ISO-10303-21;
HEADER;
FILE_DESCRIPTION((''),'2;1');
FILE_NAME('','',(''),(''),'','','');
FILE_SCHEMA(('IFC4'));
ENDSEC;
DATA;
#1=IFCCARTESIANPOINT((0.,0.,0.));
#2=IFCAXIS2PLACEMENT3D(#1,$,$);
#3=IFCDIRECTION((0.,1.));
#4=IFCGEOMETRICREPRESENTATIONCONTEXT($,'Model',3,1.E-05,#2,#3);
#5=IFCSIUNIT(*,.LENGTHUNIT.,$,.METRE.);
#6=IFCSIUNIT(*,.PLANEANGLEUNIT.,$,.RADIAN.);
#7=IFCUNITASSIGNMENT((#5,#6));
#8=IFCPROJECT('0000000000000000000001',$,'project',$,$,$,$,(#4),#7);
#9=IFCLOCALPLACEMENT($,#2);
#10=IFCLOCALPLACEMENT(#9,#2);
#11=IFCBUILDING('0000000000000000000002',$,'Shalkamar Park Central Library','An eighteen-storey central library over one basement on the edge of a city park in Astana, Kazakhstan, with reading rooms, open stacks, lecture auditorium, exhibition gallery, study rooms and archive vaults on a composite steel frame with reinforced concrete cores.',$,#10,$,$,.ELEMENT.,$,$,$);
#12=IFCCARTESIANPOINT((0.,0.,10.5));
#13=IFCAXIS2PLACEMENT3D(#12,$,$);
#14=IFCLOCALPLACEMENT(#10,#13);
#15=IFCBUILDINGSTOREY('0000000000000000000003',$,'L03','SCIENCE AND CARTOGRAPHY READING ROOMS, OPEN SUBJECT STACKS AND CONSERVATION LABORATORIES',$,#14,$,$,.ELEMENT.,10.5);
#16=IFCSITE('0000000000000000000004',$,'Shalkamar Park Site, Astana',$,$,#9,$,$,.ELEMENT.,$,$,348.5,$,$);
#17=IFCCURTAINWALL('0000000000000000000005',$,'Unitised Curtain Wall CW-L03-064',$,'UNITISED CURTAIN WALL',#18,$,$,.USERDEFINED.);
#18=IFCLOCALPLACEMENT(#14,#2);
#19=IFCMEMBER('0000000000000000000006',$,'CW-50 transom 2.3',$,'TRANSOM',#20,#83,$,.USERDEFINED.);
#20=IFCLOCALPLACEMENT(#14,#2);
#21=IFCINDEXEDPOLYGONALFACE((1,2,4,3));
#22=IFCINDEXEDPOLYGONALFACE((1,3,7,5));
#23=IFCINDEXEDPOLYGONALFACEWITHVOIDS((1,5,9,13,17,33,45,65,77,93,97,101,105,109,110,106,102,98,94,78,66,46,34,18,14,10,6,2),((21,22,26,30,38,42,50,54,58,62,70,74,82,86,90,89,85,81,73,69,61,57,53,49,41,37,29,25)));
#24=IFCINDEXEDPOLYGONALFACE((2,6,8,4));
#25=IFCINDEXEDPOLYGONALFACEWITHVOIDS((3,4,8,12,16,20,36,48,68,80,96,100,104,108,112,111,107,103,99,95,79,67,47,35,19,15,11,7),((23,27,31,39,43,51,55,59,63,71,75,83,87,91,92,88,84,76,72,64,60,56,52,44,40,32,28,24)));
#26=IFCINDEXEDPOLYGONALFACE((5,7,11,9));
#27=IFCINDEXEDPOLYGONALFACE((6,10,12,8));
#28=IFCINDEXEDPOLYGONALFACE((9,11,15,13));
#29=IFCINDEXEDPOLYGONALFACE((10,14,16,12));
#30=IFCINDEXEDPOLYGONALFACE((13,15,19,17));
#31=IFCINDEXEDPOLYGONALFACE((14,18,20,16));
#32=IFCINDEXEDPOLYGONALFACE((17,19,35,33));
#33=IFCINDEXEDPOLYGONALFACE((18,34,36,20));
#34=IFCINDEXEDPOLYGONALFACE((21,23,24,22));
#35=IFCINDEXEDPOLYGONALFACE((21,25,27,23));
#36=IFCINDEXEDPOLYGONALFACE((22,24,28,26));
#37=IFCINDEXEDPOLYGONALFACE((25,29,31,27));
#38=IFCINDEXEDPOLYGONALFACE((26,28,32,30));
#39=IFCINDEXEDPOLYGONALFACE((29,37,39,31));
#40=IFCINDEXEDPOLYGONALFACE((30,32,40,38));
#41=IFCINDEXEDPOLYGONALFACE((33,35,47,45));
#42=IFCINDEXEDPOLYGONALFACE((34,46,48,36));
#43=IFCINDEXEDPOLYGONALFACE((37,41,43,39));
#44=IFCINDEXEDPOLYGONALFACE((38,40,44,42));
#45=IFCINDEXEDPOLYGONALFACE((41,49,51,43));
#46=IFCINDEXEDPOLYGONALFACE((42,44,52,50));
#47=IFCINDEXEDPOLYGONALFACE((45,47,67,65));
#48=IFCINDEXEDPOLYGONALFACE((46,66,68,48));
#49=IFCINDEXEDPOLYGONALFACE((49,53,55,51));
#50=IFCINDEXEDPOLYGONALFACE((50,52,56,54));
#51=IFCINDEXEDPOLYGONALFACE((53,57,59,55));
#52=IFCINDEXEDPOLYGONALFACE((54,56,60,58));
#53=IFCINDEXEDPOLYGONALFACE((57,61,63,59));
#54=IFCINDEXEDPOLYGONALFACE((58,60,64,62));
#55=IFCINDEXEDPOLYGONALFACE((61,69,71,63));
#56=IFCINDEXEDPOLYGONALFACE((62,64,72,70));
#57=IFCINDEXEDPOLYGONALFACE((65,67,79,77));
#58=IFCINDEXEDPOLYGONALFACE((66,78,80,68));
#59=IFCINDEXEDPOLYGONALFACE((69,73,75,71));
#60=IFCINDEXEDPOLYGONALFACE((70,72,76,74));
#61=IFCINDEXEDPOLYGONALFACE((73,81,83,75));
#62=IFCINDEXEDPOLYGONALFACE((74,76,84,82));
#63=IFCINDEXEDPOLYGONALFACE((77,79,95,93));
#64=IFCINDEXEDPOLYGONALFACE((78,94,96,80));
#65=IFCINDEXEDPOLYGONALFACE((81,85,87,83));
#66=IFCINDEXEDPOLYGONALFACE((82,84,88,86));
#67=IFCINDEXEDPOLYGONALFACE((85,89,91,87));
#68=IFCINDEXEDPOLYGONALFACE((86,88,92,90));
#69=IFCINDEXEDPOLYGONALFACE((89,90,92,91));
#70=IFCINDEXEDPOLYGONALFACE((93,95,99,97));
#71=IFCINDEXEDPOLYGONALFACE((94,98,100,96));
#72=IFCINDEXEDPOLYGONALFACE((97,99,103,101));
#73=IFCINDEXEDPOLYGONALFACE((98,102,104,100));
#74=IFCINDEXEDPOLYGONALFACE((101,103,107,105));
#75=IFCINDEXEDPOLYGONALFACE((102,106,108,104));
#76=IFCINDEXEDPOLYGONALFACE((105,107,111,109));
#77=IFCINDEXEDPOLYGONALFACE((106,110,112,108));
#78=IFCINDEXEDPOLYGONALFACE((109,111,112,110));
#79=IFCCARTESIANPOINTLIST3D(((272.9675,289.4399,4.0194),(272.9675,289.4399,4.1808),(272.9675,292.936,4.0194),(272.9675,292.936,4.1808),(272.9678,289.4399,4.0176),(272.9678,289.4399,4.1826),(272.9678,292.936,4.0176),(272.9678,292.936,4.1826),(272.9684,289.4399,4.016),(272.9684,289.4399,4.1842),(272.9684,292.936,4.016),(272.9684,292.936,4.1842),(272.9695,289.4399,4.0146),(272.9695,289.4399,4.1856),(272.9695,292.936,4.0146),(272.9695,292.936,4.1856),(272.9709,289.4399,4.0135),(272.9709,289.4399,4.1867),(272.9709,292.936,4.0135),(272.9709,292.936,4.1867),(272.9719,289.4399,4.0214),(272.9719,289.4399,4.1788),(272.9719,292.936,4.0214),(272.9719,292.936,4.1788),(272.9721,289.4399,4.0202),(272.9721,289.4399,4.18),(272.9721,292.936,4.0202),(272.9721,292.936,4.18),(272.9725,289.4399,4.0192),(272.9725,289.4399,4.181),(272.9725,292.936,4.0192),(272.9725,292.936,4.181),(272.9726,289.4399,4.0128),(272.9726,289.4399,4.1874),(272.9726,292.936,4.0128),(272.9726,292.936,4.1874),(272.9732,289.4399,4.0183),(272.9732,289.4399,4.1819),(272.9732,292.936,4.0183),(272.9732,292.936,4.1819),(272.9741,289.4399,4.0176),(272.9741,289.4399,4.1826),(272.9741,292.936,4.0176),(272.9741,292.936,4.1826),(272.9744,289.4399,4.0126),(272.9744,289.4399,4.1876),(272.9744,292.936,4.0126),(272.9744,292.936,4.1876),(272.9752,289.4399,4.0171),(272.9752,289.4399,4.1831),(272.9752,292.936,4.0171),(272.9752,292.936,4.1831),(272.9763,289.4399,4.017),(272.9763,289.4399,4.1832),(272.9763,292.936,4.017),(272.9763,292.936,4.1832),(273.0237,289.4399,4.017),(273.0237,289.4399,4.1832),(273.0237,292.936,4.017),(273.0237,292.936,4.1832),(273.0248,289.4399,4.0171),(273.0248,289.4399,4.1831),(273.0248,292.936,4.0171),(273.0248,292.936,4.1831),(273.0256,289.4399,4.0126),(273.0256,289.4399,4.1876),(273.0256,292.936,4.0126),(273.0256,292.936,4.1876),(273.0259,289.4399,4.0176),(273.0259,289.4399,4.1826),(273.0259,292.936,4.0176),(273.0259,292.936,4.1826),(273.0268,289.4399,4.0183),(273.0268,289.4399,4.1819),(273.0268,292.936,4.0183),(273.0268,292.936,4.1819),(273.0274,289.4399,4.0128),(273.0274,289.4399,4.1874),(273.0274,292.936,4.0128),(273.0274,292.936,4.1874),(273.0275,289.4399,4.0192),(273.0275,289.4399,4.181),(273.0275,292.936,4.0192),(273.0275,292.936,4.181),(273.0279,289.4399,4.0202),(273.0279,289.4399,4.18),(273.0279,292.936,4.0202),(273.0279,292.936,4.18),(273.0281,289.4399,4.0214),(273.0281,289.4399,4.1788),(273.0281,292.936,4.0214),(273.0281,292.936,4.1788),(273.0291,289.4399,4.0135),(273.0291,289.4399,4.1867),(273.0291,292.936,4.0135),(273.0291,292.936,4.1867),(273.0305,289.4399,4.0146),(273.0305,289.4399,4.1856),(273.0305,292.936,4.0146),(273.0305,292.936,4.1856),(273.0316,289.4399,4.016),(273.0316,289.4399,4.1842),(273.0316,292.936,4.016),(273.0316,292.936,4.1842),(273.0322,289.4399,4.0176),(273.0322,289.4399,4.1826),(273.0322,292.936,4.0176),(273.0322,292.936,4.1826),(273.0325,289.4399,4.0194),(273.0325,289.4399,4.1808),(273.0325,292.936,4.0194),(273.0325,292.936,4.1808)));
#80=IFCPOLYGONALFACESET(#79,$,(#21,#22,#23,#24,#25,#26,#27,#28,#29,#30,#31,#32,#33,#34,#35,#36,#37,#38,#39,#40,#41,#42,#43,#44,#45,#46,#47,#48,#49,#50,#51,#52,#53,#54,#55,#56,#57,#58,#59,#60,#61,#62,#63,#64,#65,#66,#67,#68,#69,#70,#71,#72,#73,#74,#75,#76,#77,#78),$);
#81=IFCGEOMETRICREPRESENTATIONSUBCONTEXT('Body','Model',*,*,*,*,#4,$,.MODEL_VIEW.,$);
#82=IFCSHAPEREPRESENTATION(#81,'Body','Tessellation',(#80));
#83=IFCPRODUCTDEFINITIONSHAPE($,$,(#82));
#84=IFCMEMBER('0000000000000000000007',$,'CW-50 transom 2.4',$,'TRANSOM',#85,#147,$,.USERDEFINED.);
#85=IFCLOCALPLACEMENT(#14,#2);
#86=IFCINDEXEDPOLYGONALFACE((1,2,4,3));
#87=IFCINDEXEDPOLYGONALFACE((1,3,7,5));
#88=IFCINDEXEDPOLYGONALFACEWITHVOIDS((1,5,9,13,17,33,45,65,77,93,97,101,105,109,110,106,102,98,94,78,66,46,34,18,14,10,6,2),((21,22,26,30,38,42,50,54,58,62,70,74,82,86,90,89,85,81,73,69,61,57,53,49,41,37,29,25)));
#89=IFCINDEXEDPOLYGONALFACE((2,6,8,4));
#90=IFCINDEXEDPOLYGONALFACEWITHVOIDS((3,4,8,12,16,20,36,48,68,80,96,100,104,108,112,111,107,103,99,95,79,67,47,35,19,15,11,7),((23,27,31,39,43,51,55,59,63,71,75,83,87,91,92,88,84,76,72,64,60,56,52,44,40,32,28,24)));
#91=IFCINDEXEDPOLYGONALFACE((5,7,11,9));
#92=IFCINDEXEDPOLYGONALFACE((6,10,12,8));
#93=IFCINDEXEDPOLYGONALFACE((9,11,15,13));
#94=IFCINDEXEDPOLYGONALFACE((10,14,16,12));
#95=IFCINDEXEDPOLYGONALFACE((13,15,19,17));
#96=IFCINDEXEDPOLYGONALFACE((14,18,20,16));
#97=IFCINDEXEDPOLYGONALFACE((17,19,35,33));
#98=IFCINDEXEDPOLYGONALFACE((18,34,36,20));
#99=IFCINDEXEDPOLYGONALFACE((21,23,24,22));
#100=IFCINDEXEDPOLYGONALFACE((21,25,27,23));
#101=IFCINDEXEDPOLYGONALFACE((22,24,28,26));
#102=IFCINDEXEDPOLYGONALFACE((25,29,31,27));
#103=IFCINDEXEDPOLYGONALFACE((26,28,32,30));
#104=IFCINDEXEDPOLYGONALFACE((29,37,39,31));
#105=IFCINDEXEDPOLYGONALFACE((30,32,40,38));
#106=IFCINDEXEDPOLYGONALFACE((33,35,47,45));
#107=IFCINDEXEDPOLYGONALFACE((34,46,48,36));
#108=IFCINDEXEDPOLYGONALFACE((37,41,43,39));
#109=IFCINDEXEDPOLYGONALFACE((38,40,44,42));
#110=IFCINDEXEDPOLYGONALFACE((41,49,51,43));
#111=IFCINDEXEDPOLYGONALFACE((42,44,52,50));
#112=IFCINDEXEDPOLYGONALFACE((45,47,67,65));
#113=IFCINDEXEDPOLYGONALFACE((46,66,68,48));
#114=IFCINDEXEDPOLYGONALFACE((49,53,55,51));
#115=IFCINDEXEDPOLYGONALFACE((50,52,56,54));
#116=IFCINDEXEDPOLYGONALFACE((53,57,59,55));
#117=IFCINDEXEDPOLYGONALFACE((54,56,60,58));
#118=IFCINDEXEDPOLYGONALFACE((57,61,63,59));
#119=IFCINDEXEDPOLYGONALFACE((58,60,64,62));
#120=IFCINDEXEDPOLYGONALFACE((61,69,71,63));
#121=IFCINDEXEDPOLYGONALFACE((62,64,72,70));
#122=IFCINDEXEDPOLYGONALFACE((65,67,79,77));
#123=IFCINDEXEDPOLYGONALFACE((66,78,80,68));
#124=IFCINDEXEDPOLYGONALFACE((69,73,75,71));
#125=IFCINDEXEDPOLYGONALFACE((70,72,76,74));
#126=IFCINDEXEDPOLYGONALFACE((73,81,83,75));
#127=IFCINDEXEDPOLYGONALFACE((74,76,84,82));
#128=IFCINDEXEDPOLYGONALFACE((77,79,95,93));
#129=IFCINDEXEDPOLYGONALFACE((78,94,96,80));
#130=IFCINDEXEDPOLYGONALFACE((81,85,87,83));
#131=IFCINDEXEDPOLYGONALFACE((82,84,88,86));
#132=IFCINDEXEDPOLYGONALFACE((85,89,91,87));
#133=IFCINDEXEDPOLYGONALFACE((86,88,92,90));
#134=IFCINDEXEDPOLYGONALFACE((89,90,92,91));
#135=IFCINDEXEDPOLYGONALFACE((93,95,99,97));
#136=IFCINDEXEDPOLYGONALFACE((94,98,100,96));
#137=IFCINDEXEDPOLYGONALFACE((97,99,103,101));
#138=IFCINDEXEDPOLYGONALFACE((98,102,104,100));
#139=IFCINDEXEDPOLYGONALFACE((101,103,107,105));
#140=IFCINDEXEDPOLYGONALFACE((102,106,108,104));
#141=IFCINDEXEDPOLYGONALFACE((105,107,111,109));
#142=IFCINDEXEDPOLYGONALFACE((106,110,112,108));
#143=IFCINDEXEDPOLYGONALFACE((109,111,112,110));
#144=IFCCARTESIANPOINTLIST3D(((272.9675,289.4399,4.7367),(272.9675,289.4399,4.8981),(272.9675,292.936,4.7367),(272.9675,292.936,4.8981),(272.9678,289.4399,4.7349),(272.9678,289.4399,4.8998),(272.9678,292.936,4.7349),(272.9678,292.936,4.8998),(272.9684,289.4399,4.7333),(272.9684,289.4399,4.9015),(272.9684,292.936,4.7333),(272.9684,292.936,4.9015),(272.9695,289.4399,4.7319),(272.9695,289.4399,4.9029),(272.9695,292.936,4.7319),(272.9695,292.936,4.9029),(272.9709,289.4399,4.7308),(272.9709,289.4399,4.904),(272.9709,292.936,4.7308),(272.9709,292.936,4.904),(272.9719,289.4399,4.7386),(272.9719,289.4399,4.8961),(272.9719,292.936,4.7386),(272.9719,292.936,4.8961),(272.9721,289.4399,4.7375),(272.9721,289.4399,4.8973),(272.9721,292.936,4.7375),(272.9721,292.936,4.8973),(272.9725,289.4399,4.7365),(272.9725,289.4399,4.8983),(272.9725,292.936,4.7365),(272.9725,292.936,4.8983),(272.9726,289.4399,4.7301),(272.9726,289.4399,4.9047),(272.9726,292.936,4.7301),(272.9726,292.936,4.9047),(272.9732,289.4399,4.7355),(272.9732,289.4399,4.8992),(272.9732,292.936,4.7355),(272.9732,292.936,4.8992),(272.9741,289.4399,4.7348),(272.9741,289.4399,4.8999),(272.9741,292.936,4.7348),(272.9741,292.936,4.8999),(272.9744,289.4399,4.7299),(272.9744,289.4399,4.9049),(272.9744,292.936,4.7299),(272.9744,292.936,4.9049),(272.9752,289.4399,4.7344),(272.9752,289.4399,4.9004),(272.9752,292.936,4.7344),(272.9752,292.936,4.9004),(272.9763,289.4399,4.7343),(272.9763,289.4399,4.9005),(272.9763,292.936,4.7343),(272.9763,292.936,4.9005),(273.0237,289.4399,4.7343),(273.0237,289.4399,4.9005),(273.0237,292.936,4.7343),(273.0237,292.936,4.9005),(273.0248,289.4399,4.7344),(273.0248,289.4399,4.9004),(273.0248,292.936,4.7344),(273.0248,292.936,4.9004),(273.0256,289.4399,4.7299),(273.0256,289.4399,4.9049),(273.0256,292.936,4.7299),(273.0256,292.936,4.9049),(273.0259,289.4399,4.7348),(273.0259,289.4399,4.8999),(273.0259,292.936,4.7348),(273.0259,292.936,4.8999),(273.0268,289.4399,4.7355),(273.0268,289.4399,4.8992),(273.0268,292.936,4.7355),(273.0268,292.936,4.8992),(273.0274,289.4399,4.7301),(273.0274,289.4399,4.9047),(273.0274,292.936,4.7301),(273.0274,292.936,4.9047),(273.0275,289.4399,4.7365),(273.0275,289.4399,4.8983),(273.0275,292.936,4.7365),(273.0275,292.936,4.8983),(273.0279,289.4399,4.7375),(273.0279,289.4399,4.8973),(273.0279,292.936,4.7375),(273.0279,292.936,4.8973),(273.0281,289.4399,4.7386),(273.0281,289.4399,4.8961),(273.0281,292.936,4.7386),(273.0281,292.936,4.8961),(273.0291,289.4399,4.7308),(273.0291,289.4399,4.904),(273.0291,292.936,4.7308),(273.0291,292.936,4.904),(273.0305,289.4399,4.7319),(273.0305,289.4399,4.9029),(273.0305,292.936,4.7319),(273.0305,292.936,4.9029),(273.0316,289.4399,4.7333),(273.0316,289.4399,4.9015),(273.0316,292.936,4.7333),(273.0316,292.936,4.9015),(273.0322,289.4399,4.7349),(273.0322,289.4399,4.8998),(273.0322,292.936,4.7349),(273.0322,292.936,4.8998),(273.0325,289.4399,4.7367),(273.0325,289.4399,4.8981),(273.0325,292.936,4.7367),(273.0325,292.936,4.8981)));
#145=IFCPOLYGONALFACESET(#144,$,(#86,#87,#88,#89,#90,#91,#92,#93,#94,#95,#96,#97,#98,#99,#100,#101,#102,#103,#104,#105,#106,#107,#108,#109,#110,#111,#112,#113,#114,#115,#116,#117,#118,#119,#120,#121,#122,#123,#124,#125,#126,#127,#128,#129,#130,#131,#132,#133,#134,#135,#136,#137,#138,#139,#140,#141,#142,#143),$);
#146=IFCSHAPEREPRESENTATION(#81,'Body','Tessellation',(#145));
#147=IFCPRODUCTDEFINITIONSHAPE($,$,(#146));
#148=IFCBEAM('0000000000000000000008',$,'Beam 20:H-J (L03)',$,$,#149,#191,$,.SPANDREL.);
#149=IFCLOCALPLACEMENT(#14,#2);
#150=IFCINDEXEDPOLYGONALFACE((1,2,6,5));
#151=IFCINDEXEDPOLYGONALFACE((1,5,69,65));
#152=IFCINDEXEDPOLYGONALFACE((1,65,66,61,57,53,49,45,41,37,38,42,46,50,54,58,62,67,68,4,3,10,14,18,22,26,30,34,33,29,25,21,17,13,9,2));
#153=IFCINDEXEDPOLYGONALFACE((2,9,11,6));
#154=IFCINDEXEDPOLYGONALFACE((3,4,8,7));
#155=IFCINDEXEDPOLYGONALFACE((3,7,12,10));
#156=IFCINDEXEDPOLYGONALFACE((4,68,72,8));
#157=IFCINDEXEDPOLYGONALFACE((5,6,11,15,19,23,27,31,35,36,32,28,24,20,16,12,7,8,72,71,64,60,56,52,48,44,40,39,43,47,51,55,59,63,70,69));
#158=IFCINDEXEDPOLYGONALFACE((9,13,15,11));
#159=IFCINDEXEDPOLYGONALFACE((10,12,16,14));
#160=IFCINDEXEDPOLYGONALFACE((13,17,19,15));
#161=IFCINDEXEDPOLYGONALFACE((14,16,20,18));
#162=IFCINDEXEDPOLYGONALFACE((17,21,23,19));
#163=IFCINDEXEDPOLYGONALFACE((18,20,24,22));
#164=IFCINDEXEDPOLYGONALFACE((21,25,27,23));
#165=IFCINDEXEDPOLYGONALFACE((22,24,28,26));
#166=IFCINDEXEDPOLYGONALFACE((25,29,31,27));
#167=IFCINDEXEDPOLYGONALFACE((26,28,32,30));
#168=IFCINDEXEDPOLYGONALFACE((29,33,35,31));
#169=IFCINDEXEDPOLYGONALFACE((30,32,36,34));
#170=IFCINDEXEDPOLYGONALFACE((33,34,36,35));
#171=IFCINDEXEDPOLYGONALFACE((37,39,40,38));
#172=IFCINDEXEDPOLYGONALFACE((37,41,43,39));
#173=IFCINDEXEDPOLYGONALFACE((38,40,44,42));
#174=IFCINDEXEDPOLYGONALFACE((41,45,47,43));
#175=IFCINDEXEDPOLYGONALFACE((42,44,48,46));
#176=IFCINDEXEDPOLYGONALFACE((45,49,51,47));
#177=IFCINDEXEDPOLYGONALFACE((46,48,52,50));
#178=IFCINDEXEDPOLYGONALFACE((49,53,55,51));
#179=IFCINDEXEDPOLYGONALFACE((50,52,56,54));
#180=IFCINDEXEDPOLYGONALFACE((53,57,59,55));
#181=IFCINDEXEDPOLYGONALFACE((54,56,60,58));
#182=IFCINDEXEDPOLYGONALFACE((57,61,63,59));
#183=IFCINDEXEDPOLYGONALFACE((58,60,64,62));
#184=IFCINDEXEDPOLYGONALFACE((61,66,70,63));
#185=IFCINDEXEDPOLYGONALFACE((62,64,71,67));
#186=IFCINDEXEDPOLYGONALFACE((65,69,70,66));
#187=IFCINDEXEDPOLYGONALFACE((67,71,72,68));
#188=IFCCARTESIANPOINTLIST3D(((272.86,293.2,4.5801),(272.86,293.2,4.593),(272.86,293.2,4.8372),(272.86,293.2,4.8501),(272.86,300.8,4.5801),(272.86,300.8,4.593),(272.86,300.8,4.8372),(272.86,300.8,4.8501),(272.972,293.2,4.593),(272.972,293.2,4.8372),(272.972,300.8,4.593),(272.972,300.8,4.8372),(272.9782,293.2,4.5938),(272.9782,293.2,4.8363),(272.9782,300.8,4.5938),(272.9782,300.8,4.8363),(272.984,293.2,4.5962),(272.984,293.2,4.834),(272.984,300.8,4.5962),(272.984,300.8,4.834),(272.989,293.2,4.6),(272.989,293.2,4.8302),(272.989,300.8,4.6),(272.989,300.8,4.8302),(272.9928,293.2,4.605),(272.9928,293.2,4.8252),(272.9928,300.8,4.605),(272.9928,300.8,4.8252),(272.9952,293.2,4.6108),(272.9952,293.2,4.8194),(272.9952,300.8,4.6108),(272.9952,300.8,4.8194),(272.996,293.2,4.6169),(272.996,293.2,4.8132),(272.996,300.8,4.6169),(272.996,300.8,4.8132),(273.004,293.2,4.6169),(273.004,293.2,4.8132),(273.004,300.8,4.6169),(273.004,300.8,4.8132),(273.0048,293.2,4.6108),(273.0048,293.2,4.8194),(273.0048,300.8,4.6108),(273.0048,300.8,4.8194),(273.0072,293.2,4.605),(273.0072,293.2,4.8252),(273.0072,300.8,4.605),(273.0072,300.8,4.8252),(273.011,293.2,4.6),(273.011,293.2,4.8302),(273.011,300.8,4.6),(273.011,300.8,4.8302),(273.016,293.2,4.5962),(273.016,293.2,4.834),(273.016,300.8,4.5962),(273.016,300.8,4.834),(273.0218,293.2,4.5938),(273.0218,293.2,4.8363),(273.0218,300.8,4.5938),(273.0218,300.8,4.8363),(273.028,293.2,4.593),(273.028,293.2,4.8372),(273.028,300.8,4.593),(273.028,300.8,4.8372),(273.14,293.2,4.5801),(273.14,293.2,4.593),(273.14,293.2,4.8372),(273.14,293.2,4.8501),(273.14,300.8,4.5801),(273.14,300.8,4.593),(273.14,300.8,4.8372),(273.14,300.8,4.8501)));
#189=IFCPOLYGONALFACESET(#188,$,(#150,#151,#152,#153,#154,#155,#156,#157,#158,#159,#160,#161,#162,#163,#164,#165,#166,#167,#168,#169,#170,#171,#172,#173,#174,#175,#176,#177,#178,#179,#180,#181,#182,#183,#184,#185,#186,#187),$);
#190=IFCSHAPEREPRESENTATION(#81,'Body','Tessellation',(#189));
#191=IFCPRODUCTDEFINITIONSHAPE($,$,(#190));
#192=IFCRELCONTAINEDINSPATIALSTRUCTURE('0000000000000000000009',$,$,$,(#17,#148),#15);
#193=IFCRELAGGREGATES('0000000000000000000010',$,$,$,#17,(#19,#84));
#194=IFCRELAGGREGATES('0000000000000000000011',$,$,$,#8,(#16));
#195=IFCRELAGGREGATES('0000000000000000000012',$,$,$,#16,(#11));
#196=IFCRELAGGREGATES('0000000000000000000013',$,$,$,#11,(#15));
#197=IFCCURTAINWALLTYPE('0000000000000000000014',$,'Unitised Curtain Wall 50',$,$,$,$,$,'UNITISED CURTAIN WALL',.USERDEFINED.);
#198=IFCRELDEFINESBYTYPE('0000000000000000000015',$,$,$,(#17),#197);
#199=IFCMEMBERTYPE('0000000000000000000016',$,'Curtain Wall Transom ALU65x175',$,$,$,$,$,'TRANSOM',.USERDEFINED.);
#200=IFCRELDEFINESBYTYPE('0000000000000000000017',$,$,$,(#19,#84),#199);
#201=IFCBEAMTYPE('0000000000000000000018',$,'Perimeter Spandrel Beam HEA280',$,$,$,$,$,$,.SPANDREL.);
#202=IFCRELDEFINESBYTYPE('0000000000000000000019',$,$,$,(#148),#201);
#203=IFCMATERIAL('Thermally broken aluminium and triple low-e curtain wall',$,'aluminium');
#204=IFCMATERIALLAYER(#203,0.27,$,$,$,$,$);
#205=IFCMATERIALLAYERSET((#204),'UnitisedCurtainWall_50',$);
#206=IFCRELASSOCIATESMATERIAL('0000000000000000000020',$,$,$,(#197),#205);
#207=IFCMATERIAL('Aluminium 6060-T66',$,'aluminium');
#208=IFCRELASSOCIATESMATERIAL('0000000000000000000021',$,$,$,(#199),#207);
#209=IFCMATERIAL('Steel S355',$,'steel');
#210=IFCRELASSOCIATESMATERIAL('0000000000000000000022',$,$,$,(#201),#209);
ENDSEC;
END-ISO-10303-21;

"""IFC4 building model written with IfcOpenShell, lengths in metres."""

from ifc_helpers import new_model, si_unit, direction, frame, origin, origin_2d, place, context, subcontext, project, spatial, hollow_rectangle, i_section, extrude, material, layer, layer_set, material_profile, profile_set, type_object, element, aggregate, save


model = new_model("IFC4")

# Units and contexts
model_context = context("Model", 3, precision=1e-05, world=origin(), true_north=direction((0.0, 1.0)))
body_context = subcontext(model_context, "Body", "Model", "MODEL_VIEW")
ifc_project = project(units=[si_unit("LENGTHUNIT", "METRE"), si_unit("PLANEANGLEUNIT", "RADIAN")], contexts=[model_context])

# Site, building, storey
site_placement = place(None, origin())
site = spatial("IfcSite", under=ifc_project, at=site_placement, Name="Shalkamar Park Site, Astana", CompositionType="ELEMENT", RefElevation=348.5)
building_placement = place(site_placement, origin())
building = spatial("IfcBuilding", under=site, at=building_placement, Name="Shalkamar Park Central Library", Description="An eighteen-storey central library over one basement on the edge of a city park in Astana, Kazakhstan, with reading rooms, open stacks, lecture auditorium, exhibition gallery, study rooms and archive vaults on a composite steel frame with reinforced concrete cores.", CompositionType="ELEMENT")
storey_placement = place(building_placement, frame((0.0, 0.0, 10.5)))
storey = spatial("IfcBuildingStorey", under=building, at=storey_placement, Name="L03", Description="SCIENCE AND CARTOGRAPHY READING ROOMS, OPEN SUBJECT STACKS AND CONSERVATION LABORATORIES", CompositionType="ELEMENT", Elevation=10.5)

# Shared definitions
ifc_material_1 = material(Name="Steel S355", Category="steel")

# Curtain wall
ifc_material_2 = material(Name="Thermally broken aluminium and triple low-e curtain wall", Category="aluminium")
ifc_layer_1 = layer(ifc_material_2, 0.27)
ifc_layer_set_1 = layer_set([ifc_layer_1], Name="UnitisedCurtainWall_50")
curtain_wall_type_1 = type_object("IfcCurtainWallType", Name="Unitised Curtain Wall 50", ElementType="UNITISED CURTAIN WALL", PredefinedType="USERDEFINED", material=ifc_layer_set_1)
curtain_wall_1_placement = place(storey_placement, origin())
curtain_wall_1 = element("IfcCurtainWall", 1, at=curtain_wall_1_placement, inside=storey, type_object=curtain_wall_type_1, Name="Unitised Curtain Wall CW-L03-064", ObjectType="UNITISED CURTAIN WALL", PredefinedType="USERDEFINED")
ifc_material_3 = material(Name="Aluminium 6060-T66", Category="aluminium")

# Members
ifc_material_profile_1 = material_profile(ifc_material_3, hollow_rectangle(XDim=0.0649, YDim=0.175, WallThickness=0.0044, InnerFilletRadius=0.0044, OuterFilletRadius=0.0068, at=origin_2d()), Name="ALU 65x175x4.5")
ifc_profile_set_1 = profile_set([ifc_material_profile_1], Name="Aluminium 6060-T66")
member_type_1 = type_object("IfcMemberType", Name="Curtain Wall Transom ALU65x175", ElementType="TRANSOM", PredefinedType="USERDEFINED", material=ifc_profile_set_1)
member_1_placement = place(storey_placement, frame((273.0, 289.4399, 4.1001), z_axis=(0.0, 1.0, 0.0), x_axis=(-1.0, 0.0, 0.0)))
member_1 = element("IfcMember", 2, at=member_1_placement, type_object=member_type_1, Name="CW-50 transom 2.3", ObjectType="TRANSOM", PredefinedType="USERDEFINED", context=body_context, shape_type="SweptSolid", body=[
    extrude(hollow_rectangle(XDim=0.0649, YDim=0.175, WallThickness=0.0044, InnerFilletRadius=0.0044, OuterFilletRadius=0.0068, at=origin_2d()), origin(), (0.0, 0.0, 1.0), 3.4961),
])
member_2_placement = place(storey_placement, frame((273.0, 289.4399, 4.8174), z_axis=(0.0, 1.0, 0.0), x_axis=(-1.0, 0.0, 0.0)))
member_2 = element("IfcMember", 3, at=member_2_placement, type_object=member_type_1, Name="CW-50 transom 2.4", ObjectType="TRANSOM", PredefinedType="USERDEFINED", context=body_context, shape_type="SweptSolid", body=[
    extrude(hollow_rectangle(XDim=0.0649, YDim=0.175, WallThickness=0.0044, InnerFilletRadius=0.0044, OuterFilletRadius=0.0068, at=origin_2d()), origin(), (0.0, 0.0, 1.0), 3.4961),
])

# Beam
ifc_material_profile_2 = material_profile(ifc_material_1, i_section(OverallWidth=0.28, OverallDepth=0.27, WebThickness=0.0081, FlangeThickness=0.0129, FilletRadius=0.0239, at=origin_2d()), Name="HEA 280")
ifc_profile_set_2 = profile_set([ifc_material_profile_2], Name="Steel S355")
beam_type_1 = type_object("IfcBeamType", Name="Perimeter Spandrel Beam HEA280", PredefinedType="SPANDREL", material=ifc_profile_set_2)
beam_1_placement = place(storey_placement, frame((273.0, 293.2, 4.7151), z_axis=(0.0, 1.0, 0.0), x_axis=(-1.0, 0.0, 0.0)))
element("IfcBeam", 4, at=beam_1_placement, inside=storey, type_object=beam_type_1, Name="Beam 20:H-J (L03)", PredefinedType="SPANDREL", context=body_context, shape_type="SweptSolid", body=[
    extrude(i_section(OverallWidth=0.28, OverallDepth=0.27, WebThickness=0.0081, FlangeThickness=0.0129, FilletRadius=0.0239, at=origin_2d()), origin(), (0.0, 0.0, 1.0), 7.6001),
])

aggregate(curtain_wall_1, [member_1, member_2])

save(model, "model.ifc")
